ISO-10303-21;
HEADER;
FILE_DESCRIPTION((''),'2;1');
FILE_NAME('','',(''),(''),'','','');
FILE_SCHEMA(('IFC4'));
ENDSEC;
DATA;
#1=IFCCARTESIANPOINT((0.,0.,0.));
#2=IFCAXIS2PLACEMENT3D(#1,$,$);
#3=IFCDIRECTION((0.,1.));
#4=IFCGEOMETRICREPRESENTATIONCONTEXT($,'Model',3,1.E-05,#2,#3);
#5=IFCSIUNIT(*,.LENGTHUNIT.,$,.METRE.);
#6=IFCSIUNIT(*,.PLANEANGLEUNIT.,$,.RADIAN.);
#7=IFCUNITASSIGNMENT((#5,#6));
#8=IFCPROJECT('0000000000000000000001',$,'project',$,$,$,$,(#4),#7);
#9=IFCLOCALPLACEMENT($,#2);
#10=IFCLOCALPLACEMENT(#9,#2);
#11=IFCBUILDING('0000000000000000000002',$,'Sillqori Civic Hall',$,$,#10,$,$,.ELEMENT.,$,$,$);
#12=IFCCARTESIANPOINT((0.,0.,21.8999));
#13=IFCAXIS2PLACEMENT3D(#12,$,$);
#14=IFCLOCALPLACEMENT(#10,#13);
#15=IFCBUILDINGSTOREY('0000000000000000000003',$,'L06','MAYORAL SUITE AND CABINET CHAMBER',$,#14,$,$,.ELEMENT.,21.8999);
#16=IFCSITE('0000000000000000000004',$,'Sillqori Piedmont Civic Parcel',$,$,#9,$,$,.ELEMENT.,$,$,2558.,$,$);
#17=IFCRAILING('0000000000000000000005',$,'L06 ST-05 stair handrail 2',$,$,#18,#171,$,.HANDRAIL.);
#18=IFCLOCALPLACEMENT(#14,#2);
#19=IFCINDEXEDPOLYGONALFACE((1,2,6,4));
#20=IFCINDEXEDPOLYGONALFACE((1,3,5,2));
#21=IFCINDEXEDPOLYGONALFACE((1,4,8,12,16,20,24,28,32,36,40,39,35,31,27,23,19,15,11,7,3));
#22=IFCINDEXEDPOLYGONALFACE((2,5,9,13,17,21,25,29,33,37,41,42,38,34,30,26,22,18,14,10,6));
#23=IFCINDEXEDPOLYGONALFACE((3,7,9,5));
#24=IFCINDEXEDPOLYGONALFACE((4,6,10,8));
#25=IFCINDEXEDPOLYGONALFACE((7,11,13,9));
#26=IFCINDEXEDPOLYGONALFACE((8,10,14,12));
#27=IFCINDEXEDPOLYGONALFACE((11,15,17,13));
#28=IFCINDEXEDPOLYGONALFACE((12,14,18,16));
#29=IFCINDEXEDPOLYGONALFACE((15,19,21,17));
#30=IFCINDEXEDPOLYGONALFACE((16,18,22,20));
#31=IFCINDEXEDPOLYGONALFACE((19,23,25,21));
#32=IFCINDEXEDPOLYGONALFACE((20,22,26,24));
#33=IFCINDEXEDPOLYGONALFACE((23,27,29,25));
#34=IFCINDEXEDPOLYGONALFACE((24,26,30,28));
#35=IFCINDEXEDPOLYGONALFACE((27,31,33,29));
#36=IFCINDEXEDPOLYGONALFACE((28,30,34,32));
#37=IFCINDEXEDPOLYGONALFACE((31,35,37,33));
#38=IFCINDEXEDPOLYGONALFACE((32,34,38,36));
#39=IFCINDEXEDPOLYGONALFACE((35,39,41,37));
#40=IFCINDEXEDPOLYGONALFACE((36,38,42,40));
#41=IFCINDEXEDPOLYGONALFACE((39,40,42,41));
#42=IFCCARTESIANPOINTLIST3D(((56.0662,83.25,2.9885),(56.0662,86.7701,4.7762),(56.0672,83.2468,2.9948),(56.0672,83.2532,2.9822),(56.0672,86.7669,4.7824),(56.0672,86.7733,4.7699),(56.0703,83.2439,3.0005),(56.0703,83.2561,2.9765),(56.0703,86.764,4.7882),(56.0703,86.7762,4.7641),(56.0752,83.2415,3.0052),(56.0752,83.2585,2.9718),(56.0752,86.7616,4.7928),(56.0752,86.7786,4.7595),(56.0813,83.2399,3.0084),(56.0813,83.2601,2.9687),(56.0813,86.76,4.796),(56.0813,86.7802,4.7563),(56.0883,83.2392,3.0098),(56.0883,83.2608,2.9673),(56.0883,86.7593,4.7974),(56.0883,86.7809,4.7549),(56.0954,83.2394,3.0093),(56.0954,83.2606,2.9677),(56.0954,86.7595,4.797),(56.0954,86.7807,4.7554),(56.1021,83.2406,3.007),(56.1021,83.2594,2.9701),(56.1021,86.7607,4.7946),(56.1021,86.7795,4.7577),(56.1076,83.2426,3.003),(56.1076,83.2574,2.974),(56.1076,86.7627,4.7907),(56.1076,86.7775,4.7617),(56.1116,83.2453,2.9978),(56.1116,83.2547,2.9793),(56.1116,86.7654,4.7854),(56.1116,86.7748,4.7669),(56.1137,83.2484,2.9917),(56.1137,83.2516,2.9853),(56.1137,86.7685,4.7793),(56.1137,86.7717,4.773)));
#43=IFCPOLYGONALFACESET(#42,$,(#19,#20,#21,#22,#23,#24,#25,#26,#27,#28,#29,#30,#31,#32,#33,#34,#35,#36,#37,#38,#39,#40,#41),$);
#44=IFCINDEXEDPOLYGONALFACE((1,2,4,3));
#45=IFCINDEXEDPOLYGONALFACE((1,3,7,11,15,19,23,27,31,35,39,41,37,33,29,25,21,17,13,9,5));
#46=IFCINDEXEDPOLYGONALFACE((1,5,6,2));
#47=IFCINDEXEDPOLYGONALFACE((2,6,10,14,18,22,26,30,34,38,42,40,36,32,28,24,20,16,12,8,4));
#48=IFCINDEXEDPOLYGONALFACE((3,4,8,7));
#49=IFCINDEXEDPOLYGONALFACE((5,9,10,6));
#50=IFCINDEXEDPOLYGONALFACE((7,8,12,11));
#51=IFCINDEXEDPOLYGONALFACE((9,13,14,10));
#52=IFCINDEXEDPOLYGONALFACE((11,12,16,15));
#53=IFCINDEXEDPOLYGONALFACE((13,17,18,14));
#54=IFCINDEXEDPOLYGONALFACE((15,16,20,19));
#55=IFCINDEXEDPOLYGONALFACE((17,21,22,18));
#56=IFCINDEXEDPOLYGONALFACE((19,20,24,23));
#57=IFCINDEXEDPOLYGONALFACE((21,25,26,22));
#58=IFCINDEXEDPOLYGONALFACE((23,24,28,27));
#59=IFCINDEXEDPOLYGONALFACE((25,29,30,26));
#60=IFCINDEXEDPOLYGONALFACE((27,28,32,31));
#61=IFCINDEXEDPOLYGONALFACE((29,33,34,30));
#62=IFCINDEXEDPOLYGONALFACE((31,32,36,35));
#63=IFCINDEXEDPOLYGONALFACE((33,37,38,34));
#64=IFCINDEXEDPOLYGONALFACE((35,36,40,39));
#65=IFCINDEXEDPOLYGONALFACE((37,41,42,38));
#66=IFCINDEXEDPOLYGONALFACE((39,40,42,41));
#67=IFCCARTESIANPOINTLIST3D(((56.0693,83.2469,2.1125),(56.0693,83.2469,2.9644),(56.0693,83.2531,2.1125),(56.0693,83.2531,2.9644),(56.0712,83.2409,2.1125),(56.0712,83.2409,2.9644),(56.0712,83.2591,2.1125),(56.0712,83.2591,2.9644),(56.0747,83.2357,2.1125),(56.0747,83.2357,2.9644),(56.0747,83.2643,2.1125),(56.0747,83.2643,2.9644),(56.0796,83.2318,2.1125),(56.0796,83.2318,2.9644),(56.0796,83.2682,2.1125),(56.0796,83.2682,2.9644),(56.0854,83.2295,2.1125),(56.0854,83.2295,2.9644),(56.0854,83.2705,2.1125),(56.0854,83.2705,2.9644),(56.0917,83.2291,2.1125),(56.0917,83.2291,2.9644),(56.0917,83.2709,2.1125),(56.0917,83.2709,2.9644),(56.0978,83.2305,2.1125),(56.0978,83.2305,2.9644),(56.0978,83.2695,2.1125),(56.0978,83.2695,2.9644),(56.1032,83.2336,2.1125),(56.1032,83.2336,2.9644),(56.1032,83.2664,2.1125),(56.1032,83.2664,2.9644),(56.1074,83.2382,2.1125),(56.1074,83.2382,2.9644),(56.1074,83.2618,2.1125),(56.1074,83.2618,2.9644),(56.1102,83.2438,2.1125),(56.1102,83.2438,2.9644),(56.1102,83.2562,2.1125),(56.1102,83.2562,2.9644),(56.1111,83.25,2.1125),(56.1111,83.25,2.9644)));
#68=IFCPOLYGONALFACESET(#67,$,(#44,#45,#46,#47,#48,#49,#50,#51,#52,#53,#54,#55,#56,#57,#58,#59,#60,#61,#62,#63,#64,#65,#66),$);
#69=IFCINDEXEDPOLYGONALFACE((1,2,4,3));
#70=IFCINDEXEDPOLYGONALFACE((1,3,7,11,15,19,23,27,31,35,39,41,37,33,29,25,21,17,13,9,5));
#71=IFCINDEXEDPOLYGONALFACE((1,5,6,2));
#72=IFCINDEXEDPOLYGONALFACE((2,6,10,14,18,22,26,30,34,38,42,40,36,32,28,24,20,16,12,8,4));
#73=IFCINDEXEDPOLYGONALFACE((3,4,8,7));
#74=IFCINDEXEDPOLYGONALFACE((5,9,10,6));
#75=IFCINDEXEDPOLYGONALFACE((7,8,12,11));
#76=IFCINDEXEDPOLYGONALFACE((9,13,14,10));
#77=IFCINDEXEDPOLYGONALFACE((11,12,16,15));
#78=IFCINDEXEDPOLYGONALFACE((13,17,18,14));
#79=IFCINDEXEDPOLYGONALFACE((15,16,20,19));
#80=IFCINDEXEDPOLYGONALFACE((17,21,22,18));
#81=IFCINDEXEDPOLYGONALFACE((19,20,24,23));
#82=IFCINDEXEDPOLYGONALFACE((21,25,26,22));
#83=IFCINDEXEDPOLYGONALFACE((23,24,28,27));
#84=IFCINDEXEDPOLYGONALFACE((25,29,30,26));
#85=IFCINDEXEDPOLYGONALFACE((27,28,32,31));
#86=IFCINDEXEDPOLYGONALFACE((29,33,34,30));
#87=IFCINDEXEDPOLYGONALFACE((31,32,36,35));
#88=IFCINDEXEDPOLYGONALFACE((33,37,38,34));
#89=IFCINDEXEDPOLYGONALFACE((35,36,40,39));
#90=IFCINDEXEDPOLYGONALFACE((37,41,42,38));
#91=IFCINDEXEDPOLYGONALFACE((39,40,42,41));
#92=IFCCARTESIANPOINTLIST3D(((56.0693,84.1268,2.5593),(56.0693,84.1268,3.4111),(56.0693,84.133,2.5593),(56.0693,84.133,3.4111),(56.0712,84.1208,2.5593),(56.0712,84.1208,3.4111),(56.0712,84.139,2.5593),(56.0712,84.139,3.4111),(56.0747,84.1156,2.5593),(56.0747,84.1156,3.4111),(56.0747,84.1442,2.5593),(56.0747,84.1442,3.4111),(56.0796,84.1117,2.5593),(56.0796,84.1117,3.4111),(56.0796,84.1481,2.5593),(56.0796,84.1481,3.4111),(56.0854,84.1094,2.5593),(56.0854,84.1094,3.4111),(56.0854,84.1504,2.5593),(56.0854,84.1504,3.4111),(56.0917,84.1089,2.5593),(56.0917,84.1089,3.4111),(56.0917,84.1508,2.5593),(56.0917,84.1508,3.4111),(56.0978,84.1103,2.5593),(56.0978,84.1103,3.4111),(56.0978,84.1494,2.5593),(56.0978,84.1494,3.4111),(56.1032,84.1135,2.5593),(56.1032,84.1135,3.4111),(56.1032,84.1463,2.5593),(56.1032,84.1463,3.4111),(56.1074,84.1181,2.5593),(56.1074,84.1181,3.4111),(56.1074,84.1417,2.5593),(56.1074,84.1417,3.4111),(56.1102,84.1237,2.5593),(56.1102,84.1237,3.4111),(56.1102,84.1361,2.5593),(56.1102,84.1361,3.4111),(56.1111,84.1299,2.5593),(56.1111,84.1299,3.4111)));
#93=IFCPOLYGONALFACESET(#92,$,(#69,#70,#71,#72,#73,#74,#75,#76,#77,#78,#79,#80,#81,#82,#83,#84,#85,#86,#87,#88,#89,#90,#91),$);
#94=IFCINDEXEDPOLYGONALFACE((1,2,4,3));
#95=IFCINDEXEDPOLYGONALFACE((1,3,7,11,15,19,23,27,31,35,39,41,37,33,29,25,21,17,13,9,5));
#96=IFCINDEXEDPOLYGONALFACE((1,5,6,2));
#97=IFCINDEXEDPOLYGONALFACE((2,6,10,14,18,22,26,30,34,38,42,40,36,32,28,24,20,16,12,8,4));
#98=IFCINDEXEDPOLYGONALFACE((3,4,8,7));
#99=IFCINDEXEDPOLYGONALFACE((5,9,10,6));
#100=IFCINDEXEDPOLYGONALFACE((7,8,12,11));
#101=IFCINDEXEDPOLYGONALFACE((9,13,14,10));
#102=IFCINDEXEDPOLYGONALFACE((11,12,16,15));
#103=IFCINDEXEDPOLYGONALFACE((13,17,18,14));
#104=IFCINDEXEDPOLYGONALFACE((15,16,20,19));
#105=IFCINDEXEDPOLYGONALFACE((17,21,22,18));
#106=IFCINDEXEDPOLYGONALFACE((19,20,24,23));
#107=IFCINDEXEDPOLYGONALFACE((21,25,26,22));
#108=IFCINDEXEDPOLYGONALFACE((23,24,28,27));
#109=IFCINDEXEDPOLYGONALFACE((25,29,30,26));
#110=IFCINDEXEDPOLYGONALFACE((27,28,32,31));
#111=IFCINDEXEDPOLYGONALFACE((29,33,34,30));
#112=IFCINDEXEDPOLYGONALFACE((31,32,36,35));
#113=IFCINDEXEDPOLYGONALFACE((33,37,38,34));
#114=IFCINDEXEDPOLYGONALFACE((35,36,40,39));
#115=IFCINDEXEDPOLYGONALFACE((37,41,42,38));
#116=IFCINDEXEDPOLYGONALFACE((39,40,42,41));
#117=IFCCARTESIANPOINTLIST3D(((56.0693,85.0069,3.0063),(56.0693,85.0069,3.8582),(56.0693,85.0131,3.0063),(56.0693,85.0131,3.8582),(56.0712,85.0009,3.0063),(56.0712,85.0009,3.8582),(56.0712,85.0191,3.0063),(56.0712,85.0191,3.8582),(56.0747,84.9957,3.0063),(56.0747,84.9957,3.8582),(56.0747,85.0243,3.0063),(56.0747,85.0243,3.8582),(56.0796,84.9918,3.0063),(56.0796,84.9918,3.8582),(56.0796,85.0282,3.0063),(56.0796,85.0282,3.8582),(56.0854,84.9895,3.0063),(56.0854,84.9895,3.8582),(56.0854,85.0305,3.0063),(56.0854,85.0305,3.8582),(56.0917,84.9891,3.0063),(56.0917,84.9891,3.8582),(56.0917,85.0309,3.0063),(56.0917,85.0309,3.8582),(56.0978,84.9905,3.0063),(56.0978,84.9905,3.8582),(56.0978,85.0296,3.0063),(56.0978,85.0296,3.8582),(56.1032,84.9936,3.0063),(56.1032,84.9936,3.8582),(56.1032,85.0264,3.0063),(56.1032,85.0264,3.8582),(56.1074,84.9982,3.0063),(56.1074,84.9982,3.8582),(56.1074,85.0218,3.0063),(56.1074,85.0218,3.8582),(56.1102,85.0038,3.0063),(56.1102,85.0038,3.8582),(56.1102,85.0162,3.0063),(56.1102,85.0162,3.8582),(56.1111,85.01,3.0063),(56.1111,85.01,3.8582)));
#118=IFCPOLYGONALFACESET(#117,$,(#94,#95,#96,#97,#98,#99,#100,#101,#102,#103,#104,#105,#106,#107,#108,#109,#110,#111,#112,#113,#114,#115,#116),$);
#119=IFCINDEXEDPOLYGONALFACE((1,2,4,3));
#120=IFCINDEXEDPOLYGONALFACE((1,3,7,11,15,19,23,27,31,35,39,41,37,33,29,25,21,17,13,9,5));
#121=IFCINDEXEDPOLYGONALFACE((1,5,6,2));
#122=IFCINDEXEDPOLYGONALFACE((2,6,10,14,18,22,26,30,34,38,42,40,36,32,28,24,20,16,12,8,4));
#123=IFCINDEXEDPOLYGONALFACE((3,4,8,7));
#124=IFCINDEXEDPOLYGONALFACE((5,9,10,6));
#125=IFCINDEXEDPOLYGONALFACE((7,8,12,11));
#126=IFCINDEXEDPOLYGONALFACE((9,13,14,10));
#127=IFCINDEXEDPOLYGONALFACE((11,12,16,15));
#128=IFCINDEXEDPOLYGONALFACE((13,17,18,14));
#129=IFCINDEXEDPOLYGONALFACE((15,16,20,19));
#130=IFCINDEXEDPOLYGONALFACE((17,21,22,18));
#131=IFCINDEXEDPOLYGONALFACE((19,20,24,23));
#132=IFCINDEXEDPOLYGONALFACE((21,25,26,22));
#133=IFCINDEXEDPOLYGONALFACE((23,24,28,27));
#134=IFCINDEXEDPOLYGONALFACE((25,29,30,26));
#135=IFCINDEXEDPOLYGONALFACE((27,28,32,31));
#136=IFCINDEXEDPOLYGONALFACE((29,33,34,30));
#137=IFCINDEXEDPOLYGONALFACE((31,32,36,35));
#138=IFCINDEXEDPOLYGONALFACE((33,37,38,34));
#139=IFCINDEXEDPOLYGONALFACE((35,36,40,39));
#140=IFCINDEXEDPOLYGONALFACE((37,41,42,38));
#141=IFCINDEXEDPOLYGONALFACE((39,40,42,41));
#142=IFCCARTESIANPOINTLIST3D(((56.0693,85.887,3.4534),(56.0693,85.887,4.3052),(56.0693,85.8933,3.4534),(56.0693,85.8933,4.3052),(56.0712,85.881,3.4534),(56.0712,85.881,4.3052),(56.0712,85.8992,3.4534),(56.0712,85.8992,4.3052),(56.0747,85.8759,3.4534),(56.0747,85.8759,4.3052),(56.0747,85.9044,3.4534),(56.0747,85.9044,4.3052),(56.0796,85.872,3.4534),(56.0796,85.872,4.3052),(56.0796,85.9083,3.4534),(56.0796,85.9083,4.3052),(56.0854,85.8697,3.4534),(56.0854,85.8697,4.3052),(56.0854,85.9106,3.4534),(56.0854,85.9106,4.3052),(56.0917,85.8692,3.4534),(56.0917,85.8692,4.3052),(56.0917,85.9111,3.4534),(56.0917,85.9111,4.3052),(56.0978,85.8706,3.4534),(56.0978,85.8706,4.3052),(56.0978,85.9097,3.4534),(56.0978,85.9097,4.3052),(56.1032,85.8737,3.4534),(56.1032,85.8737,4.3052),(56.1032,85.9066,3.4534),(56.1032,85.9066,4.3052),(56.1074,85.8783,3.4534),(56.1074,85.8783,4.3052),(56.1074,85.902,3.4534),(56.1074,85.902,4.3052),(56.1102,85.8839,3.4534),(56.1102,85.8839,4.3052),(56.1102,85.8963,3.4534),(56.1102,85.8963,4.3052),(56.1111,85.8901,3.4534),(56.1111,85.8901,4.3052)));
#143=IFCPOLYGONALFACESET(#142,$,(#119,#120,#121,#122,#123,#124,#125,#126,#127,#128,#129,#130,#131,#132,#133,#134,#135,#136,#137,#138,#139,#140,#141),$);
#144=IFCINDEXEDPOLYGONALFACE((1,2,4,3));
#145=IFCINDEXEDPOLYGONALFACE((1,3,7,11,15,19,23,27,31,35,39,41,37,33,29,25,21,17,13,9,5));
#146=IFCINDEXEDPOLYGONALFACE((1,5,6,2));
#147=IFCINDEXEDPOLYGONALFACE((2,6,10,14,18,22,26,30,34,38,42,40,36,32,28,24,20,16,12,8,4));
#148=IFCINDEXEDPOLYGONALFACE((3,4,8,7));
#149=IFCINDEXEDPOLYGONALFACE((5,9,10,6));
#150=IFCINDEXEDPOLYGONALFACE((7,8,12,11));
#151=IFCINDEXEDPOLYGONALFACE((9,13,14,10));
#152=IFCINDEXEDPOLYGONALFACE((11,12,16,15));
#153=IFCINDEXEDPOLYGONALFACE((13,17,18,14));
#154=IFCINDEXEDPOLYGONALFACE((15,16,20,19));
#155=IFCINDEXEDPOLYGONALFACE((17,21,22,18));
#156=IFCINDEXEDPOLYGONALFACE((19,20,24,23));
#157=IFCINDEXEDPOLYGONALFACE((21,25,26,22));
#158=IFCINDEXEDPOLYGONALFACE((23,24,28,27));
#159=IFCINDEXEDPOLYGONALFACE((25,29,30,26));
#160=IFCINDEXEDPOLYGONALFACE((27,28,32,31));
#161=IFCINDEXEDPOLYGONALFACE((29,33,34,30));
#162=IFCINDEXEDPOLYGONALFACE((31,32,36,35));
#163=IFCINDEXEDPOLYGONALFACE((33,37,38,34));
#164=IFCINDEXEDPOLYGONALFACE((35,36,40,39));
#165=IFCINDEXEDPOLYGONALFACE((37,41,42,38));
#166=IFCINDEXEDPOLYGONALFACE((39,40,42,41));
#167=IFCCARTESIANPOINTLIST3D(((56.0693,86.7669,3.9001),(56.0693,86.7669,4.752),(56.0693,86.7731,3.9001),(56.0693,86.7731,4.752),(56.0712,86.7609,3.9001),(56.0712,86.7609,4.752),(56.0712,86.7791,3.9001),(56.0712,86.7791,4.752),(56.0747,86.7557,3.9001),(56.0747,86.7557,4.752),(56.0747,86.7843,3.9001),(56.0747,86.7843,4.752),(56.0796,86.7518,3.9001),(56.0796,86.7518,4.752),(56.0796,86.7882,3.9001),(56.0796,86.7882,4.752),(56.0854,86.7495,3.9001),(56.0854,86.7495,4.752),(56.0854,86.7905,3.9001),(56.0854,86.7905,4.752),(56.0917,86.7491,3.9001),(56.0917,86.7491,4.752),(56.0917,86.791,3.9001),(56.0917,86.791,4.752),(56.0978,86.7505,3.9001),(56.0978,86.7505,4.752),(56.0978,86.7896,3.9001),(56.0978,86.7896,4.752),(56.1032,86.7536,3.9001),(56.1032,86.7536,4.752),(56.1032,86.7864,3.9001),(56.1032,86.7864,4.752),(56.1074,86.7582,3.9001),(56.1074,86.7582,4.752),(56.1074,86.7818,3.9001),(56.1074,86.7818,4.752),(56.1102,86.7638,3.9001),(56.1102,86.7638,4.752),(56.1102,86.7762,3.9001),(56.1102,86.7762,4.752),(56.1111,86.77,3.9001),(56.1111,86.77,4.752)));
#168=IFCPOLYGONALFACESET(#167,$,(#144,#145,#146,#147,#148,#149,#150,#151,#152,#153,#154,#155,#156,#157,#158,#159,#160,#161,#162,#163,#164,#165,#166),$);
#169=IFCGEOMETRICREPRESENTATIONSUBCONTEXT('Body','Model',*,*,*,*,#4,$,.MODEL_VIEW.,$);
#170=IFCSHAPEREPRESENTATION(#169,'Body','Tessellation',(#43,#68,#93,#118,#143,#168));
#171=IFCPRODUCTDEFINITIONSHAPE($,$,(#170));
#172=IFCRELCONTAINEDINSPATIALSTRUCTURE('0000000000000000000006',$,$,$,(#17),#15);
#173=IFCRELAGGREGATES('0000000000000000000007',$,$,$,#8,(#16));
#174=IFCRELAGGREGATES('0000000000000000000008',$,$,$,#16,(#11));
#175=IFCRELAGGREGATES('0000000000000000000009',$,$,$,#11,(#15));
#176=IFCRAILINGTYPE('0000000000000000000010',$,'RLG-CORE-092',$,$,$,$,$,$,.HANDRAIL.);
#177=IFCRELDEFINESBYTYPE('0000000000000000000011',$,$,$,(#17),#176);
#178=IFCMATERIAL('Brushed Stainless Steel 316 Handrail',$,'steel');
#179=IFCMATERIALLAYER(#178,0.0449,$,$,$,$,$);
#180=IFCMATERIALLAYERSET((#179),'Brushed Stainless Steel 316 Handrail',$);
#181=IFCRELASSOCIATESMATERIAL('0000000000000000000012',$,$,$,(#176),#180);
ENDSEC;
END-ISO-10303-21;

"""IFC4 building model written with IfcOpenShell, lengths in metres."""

from ifc_helpers import new_model, si_unit, direction, frame, origin, origin_2d, place, context, subcontext, project, spatial, circle, extrude, material, layer, layer_set, type_object, element, save


model = new_model("IFC4")

# Units and contexts
model_context = context("Model", 3, precision=1e-05, world=origin(), true_north=direction((0.0, 1.0)))
body_context = subcontext(model_context, "Body", "Model", "MODEL_VIEW")
ifc_project = project(units=[si_unit("LENGTHUNIT", "METRE"), si_unit("PLANEANGLEUNIT", "RADIAN")], contexts=[model_context])

# Site, building, storey
site_placement = place(None, origin())
site = spatial("IfcSite", under=ifc_project, at=site_placement, Name="Sillqori Piedmont Civic Parcel", CompositionType="ELEMENT", RefElevation=2558.0)
building_placement = place(site_placement, origin())
building = spatial("IfcBuilding", under=site, at=building_placement, Name="Sillqori Civic Hall", CompositionType="ELEMENT")
storey_placement = place(building_placement, frame((0.0, 0.0, 21.8999)))
storey = spatial("IfcBuildingStorey", under=building, at=storey_placement, Name="L06", Description="MAYORAL SUITE AND CABINET CHAMBER", CompositionType="ELEMENT", Elevation=21.8999)

# Railing
ifc_material_1 = material(Name="Brushed Stainless Steel 316 Handrail", Category="steel")
ifc_layer_1 = layer(ifc_material_1, 0.0449)
ifc_layer_set_1 = layer_set([ifc_layer_1], Name="Brushed Stainless Steel 316 Handrail")
railing_type_1 = type_object("IfcRailingType", Name="RLG-CORE-092", PredefinedType="HANDRAIL", material=ifc_layer_set_1)
railing_1_placement = place(storey_placement, frame((56.0901, 83.25, 2.1125)))
element("IfcRailing", 1, at=railing_1_placement, inside=storey, type_object=railing_type_1, Name="L06 ST-05 stair handrail 2", PredefinedType="HANDRAIL", context=body_context, shape_type="SweptSolid", body=[
    extrude(circle(Radius=0.0239, at=origin_2d()), frame((0.0, 0.0, 0.876), z_axis=(0.0, 0.891615, 0.452795), x_axis=(-1.0, 0.0, 0.0)), (0.0, 0.0, 1.0), 3.948),
    extrude(circle(Radius=0.021, at=origin_2d()), origin(), (0.0, 0.0, 1.0), 0.8518),
    extrude(circle(Radius=0.021, at=origin_2d()), frame((0.0, 0.8799, 0.4468)), (0.0, 0.0, 1.0), 0.8518),
    extrude(circle(Radius=0.021, at=origin_2d()), frame((0.0, 1.76, 0.8938)), (0.0, 0.0, 1.0), 0.8518),
    extrude(circle(Radius=0.021, at=origin_2d()), frame((0.0, 2.6401, 1.3408)), (0.0, 0.0, 1.0), 0.8518),
    extrude(circle(Radius=0.021, at=origin_2d()), frame((0.0, 3.52, 1.7876)), (0.0, 0.0, 1.0), 0.8518),
])

save(model, "model.ifc")
